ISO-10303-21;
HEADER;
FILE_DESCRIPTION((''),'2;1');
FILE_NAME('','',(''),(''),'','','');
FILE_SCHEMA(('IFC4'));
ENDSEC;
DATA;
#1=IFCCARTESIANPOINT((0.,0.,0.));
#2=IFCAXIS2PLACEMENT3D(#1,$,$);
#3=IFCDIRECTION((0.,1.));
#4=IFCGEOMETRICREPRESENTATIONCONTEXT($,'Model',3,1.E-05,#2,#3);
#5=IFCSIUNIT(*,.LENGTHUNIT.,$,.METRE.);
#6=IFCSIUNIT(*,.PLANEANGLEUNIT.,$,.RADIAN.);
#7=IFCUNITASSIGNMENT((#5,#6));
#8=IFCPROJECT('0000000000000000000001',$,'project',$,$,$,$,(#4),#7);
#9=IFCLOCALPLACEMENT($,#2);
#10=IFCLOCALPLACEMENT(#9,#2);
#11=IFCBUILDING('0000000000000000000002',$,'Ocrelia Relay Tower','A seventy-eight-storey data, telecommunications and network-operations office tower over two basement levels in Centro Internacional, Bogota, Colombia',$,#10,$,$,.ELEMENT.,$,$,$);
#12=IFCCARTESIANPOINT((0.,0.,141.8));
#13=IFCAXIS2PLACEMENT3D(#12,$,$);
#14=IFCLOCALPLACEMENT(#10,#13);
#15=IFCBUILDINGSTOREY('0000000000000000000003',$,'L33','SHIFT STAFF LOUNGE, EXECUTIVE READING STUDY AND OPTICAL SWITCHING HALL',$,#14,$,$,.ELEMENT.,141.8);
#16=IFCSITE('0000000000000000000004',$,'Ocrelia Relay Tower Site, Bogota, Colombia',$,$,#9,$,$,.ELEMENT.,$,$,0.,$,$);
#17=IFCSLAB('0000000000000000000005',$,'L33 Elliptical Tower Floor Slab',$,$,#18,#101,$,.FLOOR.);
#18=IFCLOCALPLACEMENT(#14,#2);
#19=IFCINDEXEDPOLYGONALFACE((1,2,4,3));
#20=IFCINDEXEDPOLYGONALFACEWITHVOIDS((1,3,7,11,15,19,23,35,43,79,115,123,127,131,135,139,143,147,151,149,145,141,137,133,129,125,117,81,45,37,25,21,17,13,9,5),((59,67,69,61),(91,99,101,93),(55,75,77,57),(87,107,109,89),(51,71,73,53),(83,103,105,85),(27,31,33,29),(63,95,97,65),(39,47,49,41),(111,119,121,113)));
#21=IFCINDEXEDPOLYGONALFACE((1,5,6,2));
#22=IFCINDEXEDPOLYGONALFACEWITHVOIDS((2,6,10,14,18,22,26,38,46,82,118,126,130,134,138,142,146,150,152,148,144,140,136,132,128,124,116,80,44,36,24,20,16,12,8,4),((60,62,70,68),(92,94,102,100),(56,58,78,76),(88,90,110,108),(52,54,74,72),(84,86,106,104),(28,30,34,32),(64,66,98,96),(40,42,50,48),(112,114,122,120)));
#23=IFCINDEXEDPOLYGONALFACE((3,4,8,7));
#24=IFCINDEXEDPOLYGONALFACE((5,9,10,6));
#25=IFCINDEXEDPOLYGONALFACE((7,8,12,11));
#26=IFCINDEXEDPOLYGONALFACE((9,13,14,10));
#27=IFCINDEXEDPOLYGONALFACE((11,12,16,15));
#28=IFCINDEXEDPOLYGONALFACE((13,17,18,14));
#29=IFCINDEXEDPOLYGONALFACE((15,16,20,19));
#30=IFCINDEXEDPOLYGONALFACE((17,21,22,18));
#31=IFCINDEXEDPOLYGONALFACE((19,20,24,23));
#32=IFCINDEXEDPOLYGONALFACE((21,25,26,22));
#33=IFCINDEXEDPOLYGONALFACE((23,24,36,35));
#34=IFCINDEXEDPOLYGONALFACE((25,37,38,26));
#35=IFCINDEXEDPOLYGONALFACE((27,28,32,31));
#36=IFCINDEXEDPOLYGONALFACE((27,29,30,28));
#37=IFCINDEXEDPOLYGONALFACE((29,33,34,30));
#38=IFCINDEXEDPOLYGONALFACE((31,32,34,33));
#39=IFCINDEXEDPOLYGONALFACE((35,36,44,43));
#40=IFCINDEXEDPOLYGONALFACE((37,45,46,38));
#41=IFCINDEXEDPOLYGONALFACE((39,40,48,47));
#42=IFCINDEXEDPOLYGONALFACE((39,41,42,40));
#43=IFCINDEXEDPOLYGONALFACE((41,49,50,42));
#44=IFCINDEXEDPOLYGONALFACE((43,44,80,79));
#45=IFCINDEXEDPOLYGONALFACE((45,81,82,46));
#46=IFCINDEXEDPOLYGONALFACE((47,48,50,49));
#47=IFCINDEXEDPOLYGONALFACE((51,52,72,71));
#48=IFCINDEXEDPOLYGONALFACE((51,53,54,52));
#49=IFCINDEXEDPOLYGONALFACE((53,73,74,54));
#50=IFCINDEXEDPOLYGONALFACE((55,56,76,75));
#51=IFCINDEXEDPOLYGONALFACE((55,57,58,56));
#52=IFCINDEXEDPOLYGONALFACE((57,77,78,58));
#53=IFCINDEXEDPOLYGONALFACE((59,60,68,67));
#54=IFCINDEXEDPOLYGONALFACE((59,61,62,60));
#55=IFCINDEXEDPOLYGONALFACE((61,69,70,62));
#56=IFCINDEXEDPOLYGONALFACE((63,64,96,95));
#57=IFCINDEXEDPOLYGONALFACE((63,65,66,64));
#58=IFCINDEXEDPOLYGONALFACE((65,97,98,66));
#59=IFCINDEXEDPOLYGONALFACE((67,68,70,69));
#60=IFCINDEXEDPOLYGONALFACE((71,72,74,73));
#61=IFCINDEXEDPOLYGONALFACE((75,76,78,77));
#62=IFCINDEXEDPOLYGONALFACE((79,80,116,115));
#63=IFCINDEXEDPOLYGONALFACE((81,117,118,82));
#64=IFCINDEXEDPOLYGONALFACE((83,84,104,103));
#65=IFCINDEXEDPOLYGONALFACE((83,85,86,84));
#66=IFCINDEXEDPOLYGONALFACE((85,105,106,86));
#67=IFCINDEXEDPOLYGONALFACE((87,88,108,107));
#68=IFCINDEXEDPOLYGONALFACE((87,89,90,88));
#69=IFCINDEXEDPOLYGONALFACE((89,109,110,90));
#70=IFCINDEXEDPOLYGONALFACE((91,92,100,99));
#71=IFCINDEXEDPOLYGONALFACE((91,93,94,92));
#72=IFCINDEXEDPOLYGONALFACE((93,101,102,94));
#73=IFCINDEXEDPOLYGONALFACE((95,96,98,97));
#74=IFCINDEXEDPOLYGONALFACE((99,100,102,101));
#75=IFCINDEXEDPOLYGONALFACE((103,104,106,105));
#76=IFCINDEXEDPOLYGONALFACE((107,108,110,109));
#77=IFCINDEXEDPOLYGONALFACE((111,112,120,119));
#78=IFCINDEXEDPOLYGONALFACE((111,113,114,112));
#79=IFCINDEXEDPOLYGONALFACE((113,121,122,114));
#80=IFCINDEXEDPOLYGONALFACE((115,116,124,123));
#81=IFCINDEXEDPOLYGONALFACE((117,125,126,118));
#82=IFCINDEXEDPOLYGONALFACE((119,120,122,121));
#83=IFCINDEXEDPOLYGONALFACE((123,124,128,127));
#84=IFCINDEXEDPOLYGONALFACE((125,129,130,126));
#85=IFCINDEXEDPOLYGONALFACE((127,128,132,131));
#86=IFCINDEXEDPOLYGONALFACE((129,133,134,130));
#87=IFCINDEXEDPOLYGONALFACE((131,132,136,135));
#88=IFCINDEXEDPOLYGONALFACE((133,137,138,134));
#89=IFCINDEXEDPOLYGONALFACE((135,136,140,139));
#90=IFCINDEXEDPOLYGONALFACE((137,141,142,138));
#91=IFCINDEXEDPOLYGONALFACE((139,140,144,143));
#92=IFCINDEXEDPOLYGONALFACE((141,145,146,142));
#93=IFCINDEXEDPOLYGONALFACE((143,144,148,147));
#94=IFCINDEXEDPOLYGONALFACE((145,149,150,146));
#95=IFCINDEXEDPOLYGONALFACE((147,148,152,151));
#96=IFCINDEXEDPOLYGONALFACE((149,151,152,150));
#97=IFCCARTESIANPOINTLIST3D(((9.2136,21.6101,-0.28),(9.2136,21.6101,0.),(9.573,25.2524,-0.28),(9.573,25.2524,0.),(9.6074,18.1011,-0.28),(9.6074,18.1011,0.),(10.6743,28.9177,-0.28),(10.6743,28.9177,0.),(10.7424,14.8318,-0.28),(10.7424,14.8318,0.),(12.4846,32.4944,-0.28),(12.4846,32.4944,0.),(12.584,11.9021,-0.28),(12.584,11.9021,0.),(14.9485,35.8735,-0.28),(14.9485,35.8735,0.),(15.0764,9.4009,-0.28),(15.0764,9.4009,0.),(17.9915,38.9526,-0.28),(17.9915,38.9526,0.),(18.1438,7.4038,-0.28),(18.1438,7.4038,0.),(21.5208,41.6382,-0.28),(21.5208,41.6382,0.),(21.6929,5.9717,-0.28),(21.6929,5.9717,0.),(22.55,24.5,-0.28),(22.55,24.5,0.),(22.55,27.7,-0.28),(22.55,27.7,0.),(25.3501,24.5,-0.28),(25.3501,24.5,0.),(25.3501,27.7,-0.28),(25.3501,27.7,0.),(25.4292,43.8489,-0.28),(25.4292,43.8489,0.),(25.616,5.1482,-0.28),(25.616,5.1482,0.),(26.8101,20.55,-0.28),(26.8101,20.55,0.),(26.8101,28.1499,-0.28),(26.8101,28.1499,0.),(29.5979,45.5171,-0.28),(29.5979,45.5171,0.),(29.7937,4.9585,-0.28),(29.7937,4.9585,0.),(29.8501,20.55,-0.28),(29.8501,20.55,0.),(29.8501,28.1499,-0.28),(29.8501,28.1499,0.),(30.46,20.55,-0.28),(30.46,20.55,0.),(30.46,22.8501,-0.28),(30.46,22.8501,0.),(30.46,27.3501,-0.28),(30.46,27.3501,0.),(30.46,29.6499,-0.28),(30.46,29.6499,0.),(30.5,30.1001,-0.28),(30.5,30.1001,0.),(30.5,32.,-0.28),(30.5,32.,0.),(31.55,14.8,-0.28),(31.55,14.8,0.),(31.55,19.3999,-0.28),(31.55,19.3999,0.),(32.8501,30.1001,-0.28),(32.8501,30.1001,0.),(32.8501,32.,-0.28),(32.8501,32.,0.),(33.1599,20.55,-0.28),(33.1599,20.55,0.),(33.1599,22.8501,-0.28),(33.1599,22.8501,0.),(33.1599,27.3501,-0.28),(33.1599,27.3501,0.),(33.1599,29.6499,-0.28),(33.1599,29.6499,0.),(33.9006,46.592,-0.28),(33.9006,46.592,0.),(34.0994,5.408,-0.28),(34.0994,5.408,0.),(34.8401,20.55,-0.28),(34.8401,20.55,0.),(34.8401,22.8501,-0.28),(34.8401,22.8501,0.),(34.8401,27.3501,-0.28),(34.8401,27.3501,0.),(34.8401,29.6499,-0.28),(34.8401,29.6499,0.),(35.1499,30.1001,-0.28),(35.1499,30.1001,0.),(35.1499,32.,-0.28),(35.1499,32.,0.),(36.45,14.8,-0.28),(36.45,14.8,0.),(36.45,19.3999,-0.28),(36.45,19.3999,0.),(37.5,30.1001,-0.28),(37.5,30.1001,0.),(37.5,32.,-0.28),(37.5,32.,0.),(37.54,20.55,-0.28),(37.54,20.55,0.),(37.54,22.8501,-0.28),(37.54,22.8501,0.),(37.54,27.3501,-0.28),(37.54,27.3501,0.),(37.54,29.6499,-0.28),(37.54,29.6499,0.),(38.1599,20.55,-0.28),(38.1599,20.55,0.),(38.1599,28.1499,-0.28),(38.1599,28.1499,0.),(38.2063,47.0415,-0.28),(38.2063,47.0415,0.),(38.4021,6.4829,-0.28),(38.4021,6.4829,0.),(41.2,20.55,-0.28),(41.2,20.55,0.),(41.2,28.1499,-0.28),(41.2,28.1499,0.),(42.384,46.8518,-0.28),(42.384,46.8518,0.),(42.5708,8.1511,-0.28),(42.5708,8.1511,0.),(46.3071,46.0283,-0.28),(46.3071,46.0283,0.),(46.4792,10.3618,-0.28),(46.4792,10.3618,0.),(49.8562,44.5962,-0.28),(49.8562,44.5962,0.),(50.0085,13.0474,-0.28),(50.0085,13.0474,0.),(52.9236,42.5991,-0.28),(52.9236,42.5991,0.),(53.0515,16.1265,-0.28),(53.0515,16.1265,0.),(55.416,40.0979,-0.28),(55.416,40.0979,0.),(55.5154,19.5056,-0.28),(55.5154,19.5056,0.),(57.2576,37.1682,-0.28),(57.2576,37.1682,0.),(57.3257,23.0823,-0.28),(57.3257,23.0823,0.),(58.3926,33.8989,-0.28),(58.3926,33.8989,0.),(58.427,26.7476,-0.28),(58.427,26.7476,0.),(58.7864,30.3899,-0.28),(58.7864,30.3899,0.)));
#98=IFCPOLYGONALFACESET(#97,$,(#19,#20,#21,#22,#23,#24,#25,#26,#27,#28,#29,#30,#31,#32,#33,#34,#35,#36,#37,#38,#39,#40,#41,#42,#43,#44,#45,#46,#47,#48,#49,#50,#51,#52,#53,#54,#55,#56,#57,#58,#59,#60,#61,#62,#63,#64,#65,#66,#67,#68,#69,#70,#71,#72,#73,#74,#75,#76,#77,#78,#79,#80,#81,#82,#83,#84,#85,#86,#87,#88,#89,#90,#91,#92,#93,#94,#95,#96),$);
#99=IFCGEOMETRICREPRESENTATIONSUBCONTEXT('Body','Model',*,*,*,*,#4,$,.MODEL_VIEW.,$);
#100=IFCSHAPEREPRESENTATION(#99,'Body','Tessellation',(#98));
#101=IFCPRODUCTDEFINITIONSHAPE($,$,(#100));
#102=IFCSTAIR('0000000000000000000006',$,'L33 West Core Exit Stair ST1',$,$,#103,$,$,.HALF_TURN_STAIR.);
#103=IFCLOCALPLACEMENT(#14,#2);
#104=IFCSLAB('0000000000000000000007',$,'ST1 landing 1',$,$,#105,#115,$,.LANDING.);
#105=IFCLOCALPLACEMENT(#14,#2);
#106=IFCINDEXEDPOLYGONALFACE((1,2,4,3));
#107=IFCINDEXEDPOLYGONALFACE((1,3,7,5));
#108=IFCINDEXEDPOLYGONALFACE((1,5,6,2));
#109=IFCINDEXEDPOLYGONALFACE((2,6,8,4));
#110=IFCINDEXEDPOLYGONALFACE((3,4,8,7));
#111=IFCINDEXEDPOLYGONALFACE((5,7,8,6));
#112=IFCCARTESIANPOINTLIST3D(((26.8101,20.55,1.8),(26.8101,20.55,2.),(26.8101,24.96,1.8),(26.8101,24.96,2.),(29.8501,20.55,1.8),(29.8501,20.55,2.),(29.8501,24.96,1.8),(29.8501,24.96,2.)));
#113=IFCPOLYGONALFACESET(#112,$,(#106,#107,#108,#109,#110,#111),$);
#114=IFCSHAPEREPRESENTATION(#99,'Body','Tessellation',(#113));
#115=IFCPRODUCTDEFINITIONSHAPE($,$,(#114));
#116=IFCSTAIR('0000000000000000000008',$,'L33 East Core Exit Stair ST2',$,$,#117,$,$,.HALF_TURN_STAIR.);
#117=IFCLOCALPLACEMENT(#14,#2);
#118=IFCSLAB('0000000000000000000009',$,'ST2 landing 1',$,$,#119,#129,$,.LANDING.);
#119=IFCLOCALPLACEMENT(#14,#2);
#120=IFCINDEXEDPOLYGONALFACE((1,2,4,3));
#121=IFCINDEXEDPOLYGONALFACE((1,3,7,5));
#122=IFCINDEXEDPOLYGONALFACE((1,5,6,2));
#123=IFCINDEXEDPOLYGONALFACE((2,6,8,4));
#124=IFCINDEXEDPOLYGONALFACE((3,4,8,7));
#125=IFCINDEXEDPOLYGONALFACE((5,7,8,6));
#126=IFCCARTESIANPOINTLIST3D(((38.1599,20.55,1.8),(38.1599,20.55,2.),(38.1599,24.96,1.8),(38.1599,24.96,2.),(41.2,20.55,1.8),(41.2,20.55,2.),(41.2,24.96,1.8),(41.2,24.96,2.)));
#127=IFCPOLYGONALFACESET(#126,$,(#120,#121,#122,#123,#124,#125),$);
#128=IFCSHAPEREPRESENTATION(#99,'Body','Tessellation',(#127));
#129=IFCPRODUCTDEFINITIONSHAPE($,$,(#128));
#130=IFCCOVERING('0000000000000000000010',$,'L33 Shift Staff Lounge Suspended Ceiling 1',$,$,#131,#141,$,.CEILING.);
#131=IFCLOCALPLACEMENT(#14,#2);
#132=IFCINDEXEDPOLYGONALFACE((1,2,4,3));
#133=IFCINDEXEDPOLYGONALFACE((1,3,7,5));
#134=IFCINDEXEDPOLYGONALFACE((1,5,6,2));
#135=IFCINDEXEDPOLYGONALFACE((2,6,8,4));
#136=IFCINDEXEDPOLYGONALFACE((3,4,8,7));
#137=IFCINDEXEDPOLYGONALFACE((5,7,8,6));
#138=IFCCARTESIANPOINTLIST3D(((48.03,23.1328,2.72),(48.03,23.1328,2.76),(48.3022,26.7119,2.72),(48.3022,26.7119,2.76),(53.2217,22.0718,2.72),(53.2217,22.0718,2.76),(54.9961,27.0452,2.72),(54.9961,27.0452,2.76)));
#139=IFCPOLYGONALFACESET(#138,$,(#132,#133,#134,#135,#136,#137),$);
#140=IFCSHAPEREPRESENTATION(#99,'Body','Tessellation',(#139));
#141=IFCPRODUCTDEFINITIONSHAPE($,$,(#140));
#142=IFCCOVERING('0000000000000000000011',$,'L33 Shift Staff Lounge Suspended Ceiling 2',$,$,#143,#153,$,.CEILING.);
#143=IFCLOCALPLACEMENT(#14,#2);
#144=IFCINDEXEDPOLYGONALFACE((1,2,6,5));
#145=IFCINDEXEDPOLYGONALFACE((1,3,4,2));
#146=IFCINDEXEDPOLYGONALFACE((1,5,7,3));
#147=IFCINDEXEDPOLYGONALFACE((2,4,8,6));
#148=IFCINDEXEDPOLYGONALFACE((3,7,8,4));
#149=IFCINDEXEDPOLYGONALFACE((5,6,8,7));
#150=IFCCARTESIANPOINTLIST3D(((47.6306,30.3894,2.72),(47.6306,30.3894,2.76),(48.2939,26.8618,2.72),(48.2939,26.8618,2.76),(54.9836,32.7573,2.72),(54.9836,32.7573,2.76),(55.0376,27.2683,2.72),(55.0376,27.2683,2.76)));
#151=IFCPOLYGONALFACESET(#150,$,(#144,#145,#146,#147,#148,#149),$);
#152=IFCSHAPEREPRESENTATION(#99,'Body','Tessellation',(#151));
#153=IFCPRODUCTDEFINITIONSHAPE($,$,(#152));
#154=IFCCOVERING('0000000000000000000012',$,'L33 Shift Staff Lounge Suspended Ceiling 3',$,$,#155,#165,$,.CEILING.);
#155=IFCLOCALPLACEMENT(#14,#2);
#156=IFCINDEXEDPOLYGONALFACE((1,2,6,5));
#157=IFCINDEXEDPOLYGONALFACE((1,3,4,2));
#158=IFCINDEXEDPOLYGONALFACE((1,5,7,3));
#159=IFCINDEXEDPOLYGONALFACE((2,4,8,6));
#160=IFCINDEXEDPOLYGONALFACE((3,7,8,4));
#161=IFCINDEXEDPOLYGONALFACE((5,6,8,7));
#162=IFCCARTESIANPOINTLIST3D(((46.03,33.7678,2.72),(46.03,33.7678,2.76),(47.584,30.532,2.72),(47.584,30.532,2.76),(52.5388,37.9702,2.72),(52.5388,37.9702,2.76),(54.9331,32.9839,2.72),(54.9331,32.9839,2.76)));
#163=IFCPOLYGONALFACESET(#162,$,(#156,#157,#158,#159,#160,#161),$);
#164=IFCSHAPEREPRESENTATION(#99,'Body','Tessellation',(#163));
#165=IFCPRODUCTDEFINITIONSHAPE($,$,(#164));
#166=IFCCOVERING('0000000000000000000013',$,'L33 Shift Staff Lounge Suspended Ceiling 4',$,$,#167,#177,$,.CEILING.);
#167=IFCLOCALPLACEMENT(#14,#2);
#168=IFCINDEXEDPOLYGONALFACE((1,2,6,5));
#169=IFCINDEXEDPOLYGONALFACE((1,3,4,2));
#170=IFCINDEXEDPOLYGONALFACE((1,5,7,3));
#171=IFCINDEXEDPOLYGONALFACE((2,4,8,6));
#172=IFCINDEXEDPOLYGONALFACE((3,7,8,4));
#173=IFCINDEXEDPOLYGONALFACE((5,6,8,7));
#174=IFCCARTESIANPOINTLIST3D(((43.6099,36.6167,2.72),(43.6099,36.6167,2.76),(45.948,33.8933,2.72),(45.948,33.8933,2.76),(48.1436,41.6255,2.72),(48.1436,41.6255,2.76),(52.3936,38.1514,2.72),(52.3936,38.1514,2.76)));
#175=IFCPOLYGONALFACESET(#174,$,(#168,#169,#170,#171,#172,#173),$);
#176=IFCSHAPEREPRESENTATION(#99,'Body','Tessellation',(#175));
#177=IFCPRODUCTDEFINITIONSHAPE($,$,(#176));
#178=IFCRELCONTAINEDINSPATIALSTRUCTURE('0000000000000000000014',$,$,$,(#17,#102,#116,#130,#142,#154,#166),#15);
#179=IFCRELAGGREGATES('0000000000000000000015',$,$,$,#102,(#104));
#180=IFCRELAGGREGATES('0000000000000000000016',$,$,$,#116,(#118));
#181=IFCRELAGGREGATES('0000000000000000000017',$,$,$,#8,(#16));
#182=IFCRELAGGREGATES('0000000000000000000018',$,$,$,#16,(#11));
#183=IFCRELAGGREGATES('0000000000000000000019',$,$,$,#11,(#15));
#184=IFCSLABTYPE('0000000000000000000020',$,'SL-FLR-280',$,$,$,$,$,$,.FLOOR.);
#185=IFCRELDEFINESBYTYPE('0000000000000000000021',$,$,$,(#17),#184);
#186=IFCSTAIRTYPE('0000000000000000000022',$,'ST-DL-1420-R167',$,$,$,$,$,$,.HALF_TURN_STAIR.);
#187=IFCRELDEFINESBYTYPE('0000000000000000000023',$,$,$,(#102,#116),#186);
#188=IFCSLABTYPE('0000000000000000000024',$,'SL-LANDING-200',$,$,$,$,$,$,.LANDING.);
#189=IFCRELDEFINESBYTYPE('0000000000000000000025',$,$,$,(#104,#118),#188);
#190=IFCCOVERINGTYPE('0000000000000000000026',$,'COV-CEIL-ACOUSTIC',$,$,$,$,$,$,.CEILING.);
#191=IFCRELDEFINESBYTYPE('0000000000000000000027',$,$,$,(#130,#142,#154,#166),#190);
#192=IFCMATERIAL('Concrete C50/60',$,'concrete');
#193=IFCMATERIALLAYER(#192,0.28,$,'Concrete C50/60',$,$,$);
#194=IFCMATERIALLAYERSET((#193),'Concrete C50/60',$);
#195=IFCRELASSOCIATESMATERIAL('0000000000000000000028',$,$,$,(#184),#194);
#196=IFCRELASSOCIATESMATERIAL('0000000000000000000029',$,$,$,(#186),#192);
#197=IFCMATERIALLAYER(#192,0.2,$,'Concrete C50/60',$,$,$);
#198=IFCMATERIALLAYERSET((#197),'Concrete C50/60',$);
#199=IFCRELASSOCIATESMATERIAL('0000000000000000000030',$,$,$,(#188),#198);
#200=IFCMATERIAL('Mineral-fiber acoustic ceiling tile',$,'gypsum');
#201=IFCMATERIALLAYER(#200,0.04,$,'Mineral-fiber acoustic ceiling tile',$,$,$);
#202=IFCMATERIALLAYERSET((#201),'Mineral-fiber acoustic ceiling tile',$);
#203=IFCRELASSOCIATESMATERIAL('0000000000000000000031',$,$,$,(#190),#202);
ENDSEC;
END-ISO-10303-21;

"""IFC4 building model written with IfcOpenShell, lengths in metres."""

from ifc_helpers import new_model, si_unit, direction, frame, origin, place, context, subcontext, project, spatial, polyline, outline, extrude, material, layer, layer_set, type_object, element, aggregate, save


model = new_model("IFC4")

# Units and contexts
model_context = context("Model", 3, precision=1e-05, world=origin(), true_north=direction((0.0, 1.0)))
body_context = subcontext(model_context, "Body", "Model", "MODEL_VIEW")
ifc_project = project(units=[si_unit("LENGTHUNIT", "METRE"), si_unit("PLANEANGLEUNIT", "RADIAN")], contexts=[model_context])

# Site, building, storey
site_placement = place(None, origin())
site = spatial("IfcSite", under=ifc_project, at=site_placement, Name="Ocrelia Relay Tower Site, Bogota, Colombia", CompositionType="ELEMENT", RefElevation=0.0)
building_placement = place(site_placement, origin())
building = spatial("IfcBuilding", under=site, at=building_placement, Name="Ocrelia Relay Tower", Description="A seventy-eight-storey data, telecommunications and network-operations office tower over two basement levels in Centro Internacional, Bogota, Colombia", CompositionType="ELEMENT")
storey_placement = place(building_placement, frame((0.0, 0.0, 141.8)))
storey = spatial("IfcBuildingStorey", under=building, at=storey_placement, Name="L33", Description="SHIFT STAFF LOUNGE, EXECUTIVE READING STUDY AND OPTICAL SWITCHING HALL", CompositionType="ELEMENT", Elevation=141.8)

# Slab
ifc_material_1 = material(Name="Concrete C50/60", Category="concrete")
ifc_layer_1 = layer(ifc_material_1, 0.28, Name="Concrete C50/60")
ifc_layer_set_1 = layer_set([ifc_layer_1], Name="Concrete C50/60")
slab_type_1 = type_object("IfcSlabType", Name="SL-FLR-280", PredefinedType="FLOOR", material=ifc_layer_set_1)
slab_1_placement = place(storey_placement, frame((0.0, 0.0, -0.28)))
element("IfcSlab", 1, at=slab_1_placement, inside=storey, type_object=slab_type_1, Name="L33 Elliptical Tower Floor Slab", PredefinedType="FLOOR", context=body_context, shape_type="SweptSolid", body=[
    extrude(outline(polyline([(57.2576, 37.1682), (55.416, 40.0979), (52.9236, 42.5991), (49.8562, 44.5962), (46.3071, 46.0283), (42.384, 46.8518), (38.2063, 47.0415), (33.9006, 46.592), (29.5979, 45.5171), (25.4292, 43.8489), (21.5208, 41.6382), (17.9915, 38.9526), (14.9485, 35.8735), (12.4846, 32.4944), (10.6743, 28.9177), (9.573, 25.2524), (9.2136, 21.6101), (9.6074, 18.1011), (10.7424, 14.8318), (12.584, 11.9021), (15.0764, 9.4009), (18.1438, 7.4038), (21.6929, 5.9717), (25.616, 5.1482), (29.7937, 4.9585), (34.0994, 5.408), (38.4021, 6.4829), (42.5708, 8.1511), (46.4792, 10.3618), (50.0085, 13.0474), (53.0515, 16.1265), (55.5154, 19.5056), (57.3257, 23.0823), (58.427, 26.7476), (58.7864, 30.3899), (58.3926, 33.8989), (57.2576, 37.1682)]), holes=[polyline([(26.8101, 28.1499), (26.8101, 20.55), (29.8501, 20.55), (29.8501, 28.1499), (26.8101, 28.1499)]), polyline([(38.1599, 28.1499), (38.1599, 20.55), (41.2, 20.55), (41.2, 28.1499), (38.1599, 28.1499)]), polyline([(30.46, 20.55), (33.1599, 20.55), (33.1599, 22.8501), (30.46, 22.8501), (30.46, 20.55)]), polyline([(34.8401, 20.55), (37.54, 20.55), (37.54, 22.8501), (34.8401, 22.8501), (34.8401, 20.55)]), polyline([(30.46, 27.3501), (33.1599, 27.3501), (33.1599, 29.6499), (30.46, 29.6499), (30.46, 27.3501)]), polyline([(34.8401, 27.3501), (37.54, 27.3501), (37.54, 29.6499), (34.8401, 29.6499), (34.8401, 27.3501)]), polyline([(30.5, 30.1001), (32.8501, 30.1001), (32.8501, 32.0), (30.5, 32.0), (30.5, 30.1001)]), polyline([(35.1499, 30.1001), (37.5, 30.1001), (37.5, 32.0), (35.1499, 32.0), (35.1499, 30.1001)]), polyline([(22.55, 24.5), (25.3501, 24.5), (25.3501, 27.7), (22.55, 27.7), (22.55, 24.5)]), polyline([(31.55, 14.8), (36.45, 14.8), (36.45, 19.3999), (31.55, 19.3999), (31.55, 14.8)])]), origin(), (0.0, 0.0, 1.0), 0.28),
])

# Stairs, slabs
stair_type = type_object("IfcStairType", Name="ST-DL-1420-R167", PredefinedType="HALF_TURN_STAIR", material=ifc_material_1)
stair_1_placement = place(storey_placement, origin())
stair_1 = element("IfcStair", 2, at=stair_1_placement, inside=storey, type_object=stair_type, Name="L33 West Core Exit Stair ST1", PredefinedType="HALF_TURN_STAIR")
ifc_layer_2 = layer(ifc_material_1, 0.2, Name="Concrete C50/60")
ifc_layer_set_2 = layer_set([ifc_layer_2], Name="Concrete C50/60")
slab_type_2 = type_object("IfcSlabType", Name="SL-LANDING-200", PredefinedType="LANDING", material=ifc_layer_set_2)
slab_2_placement = place(storey_placement, frame((0.0, 0.0, 1.8)))
slab_2 = element("IfcSlab", 3, at=slab_2_placement, type_object=slab_type_2, Name="ST1 landing 1", PredefinedType="LANDING", context=body_context, shape_type="SweptSolid", body=[
    extrude(outline(polyline([(26.8101, 24.96), (26.8101, 20.55), (29.8501, 20.55), (29.8501, 24.96), (26.8101, 24.96)])), origin(), (0.0, 0.0, 1.0), 0.2),
])
aggregate(stair_1, [slab_2])
stair_2_placement = place(storey_placement, origin())
stair_2 = element("IfcStair", 4, at=stair_2_placement, inside=storey, type_object=stair_type, Name="L33 East Core Exit Stair ST2", PredefinedType="HALF_TURN_STAIR")
slab_3_placement = place(storey_placement, frame((0.0, 0.0, 1.8)))
slab_3 = element("IfcSlab", 5, at=slab_3_placement, type_object=slab_type_2, Name="ST2 landing 1", PredefinedType="LANDING", context=body_context, shape_type="SweptSolid", body=[
    extrude(outline(polyline([(38.1599, 24.96), (38.1599, 20.55), (41.2, 20.55), (41.2, 24.96), (38.1599, 24.96)])), origin(), (0.0, 0.0, 1.0), 0.2),
])
aggregate(stair_2, [slab_3])

# Coverings
ifc_material_2 = material(Name="Mineral-fiber acoustic ceiling tile", Category="gypsum")
ifc_layer_3 = layer(ifc_material_2, 0.04, Name="Mineral-fiber acoustic ceiling tile")
ifc_layer_set_3 = layer_set([ifc_layer_3], Name="Mineral-fiber acoustic ceiling tile")
covering_type_1 = type_object("IfcCoveringType", Name="COV-CEIL-ACOUSTIC", PredefinedType="CEILING", material=ifc_layer_set_3)
covering_1_placement = place(storey_placement, frame((0.0, 0.0, 2.72)))
element("IfcCovering", 6, at=covering_1_placement, inside=storey, type_object=covering_type_1, Name="L33 Shift Staff Lounge Suspended Ceiling 1", PredefinedType="CEILING", context=body_context, shape_type="SweptSolid", body=[
    extrude(outline(polyline([(48.03, 23.1328), (53.2217, 22.0718), (54.9961, 27.0452), (48.3022, 26.7119), (48.03, 23.1328)])), origin(), (0.0, 0.0, 1.0), 0.04),
])
covering_2_placement = place(storey_placement, frame((0.0, 0.0, 2.72)))
element("IfcCovering", 7, at=covering_2_placement, inside=storey, type_object=covering_type_1, Name="L33 Shift Staff Lounge Suspended Ceiling 2", PredefinedType="CEILING", context=body_context, shape_type="SweptSolid", body=[
    extrude(outline(polyline([(48.2939, 26.8618), (55.0376, 27.2683), (54.9836, 32.7573), (47.6306, 30.3894), (48.2939, 26.8618)])), origin(), (0.0, 0.0, 1.0), 0.04),
])
covering_3_placement = place(storey_placement, frame((0.0, 0.0, 2.72)))
element("IfcCovering", 8, at=covering_3_placement, inside=storey, type_object=covering_type_1, Name="L33 Shift Staff Lounge Suspended Ceiling 3", PredefinedType="CEILING", context=body_context, shape_type="SweptSolid", body=[
    extrude(outline(polyline([(47.584, 30.532), (54.9331, 32.9839), (52.5388, 37.9702), (46.03, 33.7678), (47.584, 30.532)])), origin(), (0.0, 0.0, 1.0), 0.04),
])
covering_4_placement = place(storey_placement, frame((0.0, 0.0, 2.72)))
element("IfcCovering", 9, at=covering_4_placement, inside=storey, type_object=covering_type_1, Name="L33 Shift Staff Lounge Suspended Ceiling 4", PredefinedType="CEILING", context=body_context, shape_type="SweptSolid", body=[
    extrude(outline(polyline([(45.948, 33.8933), (52.3936, 38.1514), (48.1436, 41.6255), (43.6099, 36.6167), (45.948, 33.8933)])), origin(), (0.0, 0.0, 1.0), 0.04),
])

save(model, "model.ifc")
